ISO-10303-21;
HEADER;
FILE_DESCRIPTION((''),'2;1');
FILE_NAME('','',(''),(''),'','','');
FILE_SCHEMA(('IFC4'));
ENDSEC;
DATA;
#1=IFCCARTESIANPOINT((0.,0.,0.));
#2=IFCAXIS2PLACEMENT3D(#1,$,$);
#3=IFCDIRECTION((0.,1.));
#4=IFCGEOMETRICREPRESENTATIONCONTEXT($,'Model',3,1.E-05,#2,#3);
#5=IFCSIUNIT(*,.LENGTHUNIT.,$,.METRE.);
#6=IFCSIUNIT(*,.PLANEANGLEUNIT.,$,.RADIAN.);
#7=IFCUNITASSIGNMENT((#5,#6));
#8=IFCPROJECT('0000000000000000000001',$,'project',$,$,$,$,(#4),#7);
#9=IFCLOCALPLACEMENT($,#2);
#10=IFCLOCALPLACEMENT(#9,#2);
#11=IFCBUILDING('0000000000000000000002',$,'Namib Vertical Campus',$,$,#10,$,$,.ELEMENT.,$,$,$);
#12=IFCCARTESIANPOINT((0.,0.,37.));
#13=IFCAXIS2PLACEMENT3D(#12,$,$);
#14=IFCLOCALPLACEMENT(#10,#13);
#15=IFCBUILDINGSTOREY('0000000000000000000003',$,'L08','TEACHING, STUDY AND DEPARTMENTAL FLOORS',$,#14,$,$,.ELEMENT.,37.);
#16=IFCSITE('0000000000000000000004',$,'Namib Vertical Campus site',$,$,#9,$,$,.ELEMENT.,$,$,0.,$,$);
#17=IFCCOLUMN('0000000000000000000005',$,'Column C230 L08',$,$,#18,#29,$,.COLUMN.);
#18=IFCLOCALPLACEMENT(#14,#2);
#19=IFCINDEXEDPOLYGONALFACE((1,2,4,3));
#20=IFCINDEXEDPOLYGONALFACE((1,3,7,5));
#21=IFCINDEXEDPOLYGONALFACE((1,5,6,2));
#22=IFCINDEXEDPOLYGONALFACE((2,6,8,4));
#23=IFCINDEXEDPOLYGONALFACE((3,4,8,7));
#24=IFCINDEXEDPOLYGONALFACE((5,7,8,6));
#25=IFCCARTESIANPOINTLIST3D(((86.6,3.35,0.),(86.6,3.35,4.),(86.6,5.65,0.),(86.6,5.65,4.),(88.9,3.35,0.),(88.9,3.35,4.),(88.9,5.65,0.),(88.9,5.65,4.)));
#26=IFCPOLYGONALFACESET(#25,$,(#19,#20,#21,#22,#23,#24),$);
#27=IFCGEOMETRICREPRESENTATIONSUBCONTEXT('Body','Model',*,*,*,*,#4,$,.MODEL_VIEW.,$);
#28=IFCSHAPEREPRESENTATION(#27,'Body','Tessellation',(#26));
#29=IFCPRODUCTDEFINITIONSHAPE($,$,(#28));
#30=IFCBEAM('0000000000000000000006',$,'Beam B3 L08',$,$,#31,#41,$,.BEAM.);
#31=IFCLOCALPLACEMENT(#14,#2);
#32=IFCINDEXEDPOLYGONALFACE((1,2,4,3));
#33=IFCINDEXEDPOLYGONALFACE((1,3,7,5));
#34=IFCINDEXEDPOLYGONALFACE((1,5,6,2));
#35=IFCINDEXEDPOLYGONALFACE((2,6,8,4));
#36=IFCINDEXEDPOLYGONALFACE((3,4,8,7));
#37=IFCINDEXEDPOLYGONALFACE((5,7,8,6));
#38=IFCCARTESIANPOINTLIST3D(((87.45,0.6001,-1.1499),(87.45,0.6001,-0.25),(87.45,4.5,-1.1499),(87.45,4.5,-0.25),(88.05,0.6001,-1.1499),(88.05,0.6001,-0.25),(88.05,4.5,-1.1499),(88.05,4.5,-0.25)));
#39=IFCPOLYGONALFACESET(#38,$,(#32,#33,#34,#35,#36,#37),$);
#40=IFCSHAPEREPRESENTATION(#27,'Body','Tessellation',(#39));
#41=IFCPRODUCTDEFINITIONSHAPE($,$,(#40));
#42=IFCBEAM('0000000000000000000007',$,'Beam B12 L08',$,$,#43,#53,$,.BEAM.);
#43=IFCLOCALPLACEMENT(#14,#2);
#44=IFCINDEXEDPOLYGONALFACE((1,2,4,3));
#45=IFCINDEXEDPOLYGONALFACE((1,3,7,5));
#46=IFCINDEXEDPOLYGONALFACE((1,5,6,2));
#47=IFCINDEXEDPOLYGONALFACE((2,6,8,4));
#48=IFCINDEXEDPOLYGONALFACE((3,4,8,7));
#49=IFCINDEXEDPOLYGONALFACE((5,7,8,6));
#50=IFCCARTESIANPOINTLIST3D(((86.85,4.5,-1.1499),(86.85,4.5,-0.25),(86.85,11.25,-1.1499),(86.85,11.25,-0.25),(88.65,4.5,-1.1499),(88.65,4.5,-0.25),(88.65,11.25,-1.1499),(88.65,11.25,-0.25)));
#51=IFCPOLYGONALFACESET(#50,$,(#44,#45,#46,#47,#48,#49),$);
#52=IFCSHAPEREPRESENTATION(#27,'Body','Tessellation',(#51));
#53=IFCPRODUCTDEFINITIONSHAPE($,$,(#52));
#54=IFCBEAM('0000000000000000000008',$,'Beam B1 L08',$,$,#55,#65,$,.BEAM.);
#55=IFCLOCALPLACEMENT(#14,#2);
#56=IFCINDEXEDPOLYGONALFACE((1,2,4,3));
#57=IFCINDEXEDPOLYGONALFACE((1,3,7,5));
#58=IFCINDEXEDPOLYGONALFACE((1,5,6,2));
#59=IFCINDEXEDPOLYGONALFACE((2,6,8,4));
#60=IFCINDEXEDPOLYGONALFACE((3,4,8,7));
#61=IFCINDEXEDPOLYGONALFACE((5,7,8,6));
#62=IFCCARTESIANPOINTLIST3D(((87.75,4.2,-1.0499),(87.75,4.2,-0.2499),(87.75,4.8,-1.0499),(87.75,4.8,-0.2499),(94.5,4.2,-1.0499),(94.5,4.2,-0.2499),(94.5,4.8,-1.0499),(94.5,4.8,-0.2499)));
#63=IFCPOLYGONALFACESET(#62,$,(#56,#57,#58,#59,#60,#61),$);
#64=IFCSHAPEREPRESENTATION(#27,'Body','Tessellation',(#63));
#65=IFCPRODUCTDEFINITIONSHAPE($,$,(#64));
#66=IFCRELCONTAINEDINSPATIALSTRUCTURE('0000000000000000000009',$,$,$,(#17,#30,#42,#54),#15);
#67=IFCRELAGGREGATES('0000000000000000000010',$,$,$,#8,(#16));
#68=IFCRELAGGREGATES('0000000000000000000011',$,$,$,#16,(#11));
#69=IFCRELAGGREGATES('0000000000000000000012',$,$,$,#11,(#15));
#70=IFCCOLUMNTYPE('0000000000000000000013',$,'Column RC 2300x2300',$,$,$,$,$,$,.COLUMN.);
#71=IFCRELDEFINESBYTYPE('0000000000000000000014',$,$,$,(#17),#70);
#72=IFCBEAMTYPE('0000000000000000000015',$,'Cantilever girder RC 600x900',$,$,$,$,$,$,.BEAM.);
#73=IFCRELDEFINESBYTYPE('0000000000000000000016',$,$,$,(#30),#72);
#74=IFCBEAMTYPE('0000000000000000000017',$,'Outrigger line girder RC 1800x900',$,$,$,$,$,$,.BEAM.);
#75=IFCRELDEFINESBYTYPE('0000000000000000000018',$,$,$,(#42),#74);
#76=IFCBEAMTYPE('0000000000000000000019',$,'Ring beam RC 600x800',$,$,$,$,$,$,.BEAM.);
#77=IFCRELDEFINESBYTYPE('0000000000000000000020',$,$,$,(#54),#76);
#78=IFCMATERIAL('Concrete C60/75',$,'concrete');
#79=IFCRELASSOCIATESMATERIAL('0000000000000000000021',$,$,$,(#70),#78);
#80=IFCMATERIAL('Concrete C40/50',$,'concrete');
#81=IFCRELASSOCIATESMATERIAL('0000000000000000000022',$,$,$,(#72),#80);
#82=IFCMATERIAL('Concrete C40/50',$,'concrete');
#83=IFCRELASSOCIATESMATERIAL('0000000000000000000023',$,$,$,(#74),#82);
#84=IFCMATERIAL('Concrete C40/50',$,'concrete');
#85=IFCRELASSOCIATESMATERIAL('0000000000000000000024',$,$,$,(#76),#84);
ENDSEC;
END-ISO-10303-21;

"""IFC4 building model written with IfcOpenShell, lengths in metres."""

from ifc_helpers import new_model, si_unit, direction, frame, origin, origin_2d, place, context, subcontext, project, spatial, rectangle, extrude, material, material_profile, profile_set, type_object, element, save


model = new_model("IFC4")

# Units and contexts
model_context = context("Model", 3, precision=1e-05, world=origin(), true_north=direction((0.0, 1.0)))
body_context = subcontext(model_context, "Body", "Model", "MODEL_VIEW")
ifc_project = project(units=[si_unit("LENGTHUNIT", "METRE"), si_unit("PLANEANGLEUNIT", "RADIAN")], contexts=[model_context])

# Site, building, storey
site_placement = place(None, origin())
site = spatial("IfcSite", under=ifc_project, at=site_placement, Name="Namib Vertical Campus site", CompositionType="ELEMENT", RefElevation=0.0)
building_placement = place(site_placement, origin())
building = spatial("IfcBuilding", under=site, at=building_placement, Name="Namib Vertical Campus", CompositionType="ELEMENT")
storey_placement = place(building_placement, frame((0.0, 0.0, 37.0)))
storey = spatial("IfcBuildingStorey", under=building, at=storey_placement, Name="L08", Description="TEACHING, STUDY AND DEPARTMENTAL FLOORS", CompositionType="ELEMENT", Elevation=37.0)

# Column
ifc_material_1 = material(Name="Concrete C60/75", Category="concrete")
ifc_material_profile_1 = material_profile(ifc_material_1, rectangle(XDim=2.3, YDim=2.3, at=origin_2d()))
ifc_profile_set_1 = profile_set([ifc_material_profile_1], Name="Concrete C60/75")
column_type = type_object("IfcColumnType", Name="Column RC 2300x2300", PredefinedType="COLUMN", material=ifc_profile_set_1)
column_placement = place(storey_placement, frame((87.75, 4.5, 0.0), z_axis=(0.0, 0.0, 1.0), x_axis=(1.0, 0.0, 0.0)))
element("IfcColumn", 1, at=column_placement, inside=storey, type_object=column_type, Name="Column C230 L08", PredefinedType="COLUMN", context=body_context, shape_type="SweptSolid", body=[
    extrude(rectangle(XDim=2.3, YDim=2.3, at=origin_2d()), origin(), (0.0, 0.0, 1.0), 4.0),
])

# Beams
ifc_material_2 = material(Name="Concrete C40/50", Category="concrete")
ifc_material_profile_2 = material_profile(ifc_material_2, rectangle(XDim=0.6001, YDim=0.8999, at=origin_2d()))
ifc_profile_set_2 = profile_set([ifc_material_profile_2], Name="Concrete C40/50")
beam_type_1 = type_object("IfcBeamType", Name="Cantilever girder RC 600x900", PredefinedType="BEAM", material=ifc_profile_set_2)
beam_1_placement = place(storey_placement, frame((87.75, 4.5, -0.7), z_axis=(0.0, -1.0, 0.0), x_axis=(1.0, 0.0, 0.0)))
element("IfcBeam", 2, at=beam_1_placement, inside=storey, type_object=beam_type_1, Name="Beam B3 L08", PredefinedType="BEAM", context=body_context, shape_type="SweptSolid", body=[
    extrude(rectangle(XDim=0.6001, YDim=0.8999, at=origin_2d()), origin(), (0.0, 0.0, 1.0), 3.8999),
])
ifc_material_3 = material(Name="Concrete C40/50", Category="concrete")
ifc_material_profile_3 = material_profile(ifc_material_3, rectangle(XDim=1.8, YDim=0.8999, at=origin_2d()))
ifc_profile_set_3 = profile_set([ifc_material_profile_3], Name="Concrete C40/50")
beam_type_2 = type_object("IfcBeamType", Name="Outrigger line girder RC 1800x900", PredefinedType="BEAM", material=ifc_profile_set_3)
beam_2_placement = place(storey_placement, frame((87.75, 4.5, -0.7), z_axis=(0.0, 1.0, 0.0), x_axis=(-1.0, 0.0, 0.0)))
element("IfcBeam", 3, at=beam_2_placement, inside=storey, type_object=beam_type_2, Name="Beam B12 L08", PredefinedType="BEAM", context=body_context, shape_type="SweptSolid", body=[
    extrude(rectangle(XDim=1.8, YDim=0.8999, at=origin_2d()), origin(), (0.0, 0.0, 1.0), 6.75),
])
ifc_material_4 = material(Name="Concrete C40/50", Category="concrete")
ifc_material_profile_4 = material_profile(ifc_material_4, rectangle(XDim=0.6001, YDim=0.8, at=origin_2d()))
ifc_profile_set_4 = profile_set([ifc_material_profile_4], Name="Concrete C40/50")
beam_type_3 = type_object("IfcBeamType", Name="Ring beam RC 600x800", PredefinedType="BEAM", material=ifc_profile_set_4)
beam_3_placement = place(storey_placement, frame((87.75, 4.5, -0.6499), z_axis=(1.0, 0.0, 0.0), x_axis=(0.0, 1.0, 0.0)))
element("IfcBeam", 4, at=beam_3_placement, inside=storey, type_object=beam_type_3, Name="Beam B1 L08", PredefinedType="BEAM", context=body_context, shape_type="SweptSolid", body=[
    extrude(rectangle(XDim=0.6001, YDim=0.8, at=origin_2d()), origin(), (0.0, 0.0, 1.0), 6.75),
])

save(model, "model.ifc")
